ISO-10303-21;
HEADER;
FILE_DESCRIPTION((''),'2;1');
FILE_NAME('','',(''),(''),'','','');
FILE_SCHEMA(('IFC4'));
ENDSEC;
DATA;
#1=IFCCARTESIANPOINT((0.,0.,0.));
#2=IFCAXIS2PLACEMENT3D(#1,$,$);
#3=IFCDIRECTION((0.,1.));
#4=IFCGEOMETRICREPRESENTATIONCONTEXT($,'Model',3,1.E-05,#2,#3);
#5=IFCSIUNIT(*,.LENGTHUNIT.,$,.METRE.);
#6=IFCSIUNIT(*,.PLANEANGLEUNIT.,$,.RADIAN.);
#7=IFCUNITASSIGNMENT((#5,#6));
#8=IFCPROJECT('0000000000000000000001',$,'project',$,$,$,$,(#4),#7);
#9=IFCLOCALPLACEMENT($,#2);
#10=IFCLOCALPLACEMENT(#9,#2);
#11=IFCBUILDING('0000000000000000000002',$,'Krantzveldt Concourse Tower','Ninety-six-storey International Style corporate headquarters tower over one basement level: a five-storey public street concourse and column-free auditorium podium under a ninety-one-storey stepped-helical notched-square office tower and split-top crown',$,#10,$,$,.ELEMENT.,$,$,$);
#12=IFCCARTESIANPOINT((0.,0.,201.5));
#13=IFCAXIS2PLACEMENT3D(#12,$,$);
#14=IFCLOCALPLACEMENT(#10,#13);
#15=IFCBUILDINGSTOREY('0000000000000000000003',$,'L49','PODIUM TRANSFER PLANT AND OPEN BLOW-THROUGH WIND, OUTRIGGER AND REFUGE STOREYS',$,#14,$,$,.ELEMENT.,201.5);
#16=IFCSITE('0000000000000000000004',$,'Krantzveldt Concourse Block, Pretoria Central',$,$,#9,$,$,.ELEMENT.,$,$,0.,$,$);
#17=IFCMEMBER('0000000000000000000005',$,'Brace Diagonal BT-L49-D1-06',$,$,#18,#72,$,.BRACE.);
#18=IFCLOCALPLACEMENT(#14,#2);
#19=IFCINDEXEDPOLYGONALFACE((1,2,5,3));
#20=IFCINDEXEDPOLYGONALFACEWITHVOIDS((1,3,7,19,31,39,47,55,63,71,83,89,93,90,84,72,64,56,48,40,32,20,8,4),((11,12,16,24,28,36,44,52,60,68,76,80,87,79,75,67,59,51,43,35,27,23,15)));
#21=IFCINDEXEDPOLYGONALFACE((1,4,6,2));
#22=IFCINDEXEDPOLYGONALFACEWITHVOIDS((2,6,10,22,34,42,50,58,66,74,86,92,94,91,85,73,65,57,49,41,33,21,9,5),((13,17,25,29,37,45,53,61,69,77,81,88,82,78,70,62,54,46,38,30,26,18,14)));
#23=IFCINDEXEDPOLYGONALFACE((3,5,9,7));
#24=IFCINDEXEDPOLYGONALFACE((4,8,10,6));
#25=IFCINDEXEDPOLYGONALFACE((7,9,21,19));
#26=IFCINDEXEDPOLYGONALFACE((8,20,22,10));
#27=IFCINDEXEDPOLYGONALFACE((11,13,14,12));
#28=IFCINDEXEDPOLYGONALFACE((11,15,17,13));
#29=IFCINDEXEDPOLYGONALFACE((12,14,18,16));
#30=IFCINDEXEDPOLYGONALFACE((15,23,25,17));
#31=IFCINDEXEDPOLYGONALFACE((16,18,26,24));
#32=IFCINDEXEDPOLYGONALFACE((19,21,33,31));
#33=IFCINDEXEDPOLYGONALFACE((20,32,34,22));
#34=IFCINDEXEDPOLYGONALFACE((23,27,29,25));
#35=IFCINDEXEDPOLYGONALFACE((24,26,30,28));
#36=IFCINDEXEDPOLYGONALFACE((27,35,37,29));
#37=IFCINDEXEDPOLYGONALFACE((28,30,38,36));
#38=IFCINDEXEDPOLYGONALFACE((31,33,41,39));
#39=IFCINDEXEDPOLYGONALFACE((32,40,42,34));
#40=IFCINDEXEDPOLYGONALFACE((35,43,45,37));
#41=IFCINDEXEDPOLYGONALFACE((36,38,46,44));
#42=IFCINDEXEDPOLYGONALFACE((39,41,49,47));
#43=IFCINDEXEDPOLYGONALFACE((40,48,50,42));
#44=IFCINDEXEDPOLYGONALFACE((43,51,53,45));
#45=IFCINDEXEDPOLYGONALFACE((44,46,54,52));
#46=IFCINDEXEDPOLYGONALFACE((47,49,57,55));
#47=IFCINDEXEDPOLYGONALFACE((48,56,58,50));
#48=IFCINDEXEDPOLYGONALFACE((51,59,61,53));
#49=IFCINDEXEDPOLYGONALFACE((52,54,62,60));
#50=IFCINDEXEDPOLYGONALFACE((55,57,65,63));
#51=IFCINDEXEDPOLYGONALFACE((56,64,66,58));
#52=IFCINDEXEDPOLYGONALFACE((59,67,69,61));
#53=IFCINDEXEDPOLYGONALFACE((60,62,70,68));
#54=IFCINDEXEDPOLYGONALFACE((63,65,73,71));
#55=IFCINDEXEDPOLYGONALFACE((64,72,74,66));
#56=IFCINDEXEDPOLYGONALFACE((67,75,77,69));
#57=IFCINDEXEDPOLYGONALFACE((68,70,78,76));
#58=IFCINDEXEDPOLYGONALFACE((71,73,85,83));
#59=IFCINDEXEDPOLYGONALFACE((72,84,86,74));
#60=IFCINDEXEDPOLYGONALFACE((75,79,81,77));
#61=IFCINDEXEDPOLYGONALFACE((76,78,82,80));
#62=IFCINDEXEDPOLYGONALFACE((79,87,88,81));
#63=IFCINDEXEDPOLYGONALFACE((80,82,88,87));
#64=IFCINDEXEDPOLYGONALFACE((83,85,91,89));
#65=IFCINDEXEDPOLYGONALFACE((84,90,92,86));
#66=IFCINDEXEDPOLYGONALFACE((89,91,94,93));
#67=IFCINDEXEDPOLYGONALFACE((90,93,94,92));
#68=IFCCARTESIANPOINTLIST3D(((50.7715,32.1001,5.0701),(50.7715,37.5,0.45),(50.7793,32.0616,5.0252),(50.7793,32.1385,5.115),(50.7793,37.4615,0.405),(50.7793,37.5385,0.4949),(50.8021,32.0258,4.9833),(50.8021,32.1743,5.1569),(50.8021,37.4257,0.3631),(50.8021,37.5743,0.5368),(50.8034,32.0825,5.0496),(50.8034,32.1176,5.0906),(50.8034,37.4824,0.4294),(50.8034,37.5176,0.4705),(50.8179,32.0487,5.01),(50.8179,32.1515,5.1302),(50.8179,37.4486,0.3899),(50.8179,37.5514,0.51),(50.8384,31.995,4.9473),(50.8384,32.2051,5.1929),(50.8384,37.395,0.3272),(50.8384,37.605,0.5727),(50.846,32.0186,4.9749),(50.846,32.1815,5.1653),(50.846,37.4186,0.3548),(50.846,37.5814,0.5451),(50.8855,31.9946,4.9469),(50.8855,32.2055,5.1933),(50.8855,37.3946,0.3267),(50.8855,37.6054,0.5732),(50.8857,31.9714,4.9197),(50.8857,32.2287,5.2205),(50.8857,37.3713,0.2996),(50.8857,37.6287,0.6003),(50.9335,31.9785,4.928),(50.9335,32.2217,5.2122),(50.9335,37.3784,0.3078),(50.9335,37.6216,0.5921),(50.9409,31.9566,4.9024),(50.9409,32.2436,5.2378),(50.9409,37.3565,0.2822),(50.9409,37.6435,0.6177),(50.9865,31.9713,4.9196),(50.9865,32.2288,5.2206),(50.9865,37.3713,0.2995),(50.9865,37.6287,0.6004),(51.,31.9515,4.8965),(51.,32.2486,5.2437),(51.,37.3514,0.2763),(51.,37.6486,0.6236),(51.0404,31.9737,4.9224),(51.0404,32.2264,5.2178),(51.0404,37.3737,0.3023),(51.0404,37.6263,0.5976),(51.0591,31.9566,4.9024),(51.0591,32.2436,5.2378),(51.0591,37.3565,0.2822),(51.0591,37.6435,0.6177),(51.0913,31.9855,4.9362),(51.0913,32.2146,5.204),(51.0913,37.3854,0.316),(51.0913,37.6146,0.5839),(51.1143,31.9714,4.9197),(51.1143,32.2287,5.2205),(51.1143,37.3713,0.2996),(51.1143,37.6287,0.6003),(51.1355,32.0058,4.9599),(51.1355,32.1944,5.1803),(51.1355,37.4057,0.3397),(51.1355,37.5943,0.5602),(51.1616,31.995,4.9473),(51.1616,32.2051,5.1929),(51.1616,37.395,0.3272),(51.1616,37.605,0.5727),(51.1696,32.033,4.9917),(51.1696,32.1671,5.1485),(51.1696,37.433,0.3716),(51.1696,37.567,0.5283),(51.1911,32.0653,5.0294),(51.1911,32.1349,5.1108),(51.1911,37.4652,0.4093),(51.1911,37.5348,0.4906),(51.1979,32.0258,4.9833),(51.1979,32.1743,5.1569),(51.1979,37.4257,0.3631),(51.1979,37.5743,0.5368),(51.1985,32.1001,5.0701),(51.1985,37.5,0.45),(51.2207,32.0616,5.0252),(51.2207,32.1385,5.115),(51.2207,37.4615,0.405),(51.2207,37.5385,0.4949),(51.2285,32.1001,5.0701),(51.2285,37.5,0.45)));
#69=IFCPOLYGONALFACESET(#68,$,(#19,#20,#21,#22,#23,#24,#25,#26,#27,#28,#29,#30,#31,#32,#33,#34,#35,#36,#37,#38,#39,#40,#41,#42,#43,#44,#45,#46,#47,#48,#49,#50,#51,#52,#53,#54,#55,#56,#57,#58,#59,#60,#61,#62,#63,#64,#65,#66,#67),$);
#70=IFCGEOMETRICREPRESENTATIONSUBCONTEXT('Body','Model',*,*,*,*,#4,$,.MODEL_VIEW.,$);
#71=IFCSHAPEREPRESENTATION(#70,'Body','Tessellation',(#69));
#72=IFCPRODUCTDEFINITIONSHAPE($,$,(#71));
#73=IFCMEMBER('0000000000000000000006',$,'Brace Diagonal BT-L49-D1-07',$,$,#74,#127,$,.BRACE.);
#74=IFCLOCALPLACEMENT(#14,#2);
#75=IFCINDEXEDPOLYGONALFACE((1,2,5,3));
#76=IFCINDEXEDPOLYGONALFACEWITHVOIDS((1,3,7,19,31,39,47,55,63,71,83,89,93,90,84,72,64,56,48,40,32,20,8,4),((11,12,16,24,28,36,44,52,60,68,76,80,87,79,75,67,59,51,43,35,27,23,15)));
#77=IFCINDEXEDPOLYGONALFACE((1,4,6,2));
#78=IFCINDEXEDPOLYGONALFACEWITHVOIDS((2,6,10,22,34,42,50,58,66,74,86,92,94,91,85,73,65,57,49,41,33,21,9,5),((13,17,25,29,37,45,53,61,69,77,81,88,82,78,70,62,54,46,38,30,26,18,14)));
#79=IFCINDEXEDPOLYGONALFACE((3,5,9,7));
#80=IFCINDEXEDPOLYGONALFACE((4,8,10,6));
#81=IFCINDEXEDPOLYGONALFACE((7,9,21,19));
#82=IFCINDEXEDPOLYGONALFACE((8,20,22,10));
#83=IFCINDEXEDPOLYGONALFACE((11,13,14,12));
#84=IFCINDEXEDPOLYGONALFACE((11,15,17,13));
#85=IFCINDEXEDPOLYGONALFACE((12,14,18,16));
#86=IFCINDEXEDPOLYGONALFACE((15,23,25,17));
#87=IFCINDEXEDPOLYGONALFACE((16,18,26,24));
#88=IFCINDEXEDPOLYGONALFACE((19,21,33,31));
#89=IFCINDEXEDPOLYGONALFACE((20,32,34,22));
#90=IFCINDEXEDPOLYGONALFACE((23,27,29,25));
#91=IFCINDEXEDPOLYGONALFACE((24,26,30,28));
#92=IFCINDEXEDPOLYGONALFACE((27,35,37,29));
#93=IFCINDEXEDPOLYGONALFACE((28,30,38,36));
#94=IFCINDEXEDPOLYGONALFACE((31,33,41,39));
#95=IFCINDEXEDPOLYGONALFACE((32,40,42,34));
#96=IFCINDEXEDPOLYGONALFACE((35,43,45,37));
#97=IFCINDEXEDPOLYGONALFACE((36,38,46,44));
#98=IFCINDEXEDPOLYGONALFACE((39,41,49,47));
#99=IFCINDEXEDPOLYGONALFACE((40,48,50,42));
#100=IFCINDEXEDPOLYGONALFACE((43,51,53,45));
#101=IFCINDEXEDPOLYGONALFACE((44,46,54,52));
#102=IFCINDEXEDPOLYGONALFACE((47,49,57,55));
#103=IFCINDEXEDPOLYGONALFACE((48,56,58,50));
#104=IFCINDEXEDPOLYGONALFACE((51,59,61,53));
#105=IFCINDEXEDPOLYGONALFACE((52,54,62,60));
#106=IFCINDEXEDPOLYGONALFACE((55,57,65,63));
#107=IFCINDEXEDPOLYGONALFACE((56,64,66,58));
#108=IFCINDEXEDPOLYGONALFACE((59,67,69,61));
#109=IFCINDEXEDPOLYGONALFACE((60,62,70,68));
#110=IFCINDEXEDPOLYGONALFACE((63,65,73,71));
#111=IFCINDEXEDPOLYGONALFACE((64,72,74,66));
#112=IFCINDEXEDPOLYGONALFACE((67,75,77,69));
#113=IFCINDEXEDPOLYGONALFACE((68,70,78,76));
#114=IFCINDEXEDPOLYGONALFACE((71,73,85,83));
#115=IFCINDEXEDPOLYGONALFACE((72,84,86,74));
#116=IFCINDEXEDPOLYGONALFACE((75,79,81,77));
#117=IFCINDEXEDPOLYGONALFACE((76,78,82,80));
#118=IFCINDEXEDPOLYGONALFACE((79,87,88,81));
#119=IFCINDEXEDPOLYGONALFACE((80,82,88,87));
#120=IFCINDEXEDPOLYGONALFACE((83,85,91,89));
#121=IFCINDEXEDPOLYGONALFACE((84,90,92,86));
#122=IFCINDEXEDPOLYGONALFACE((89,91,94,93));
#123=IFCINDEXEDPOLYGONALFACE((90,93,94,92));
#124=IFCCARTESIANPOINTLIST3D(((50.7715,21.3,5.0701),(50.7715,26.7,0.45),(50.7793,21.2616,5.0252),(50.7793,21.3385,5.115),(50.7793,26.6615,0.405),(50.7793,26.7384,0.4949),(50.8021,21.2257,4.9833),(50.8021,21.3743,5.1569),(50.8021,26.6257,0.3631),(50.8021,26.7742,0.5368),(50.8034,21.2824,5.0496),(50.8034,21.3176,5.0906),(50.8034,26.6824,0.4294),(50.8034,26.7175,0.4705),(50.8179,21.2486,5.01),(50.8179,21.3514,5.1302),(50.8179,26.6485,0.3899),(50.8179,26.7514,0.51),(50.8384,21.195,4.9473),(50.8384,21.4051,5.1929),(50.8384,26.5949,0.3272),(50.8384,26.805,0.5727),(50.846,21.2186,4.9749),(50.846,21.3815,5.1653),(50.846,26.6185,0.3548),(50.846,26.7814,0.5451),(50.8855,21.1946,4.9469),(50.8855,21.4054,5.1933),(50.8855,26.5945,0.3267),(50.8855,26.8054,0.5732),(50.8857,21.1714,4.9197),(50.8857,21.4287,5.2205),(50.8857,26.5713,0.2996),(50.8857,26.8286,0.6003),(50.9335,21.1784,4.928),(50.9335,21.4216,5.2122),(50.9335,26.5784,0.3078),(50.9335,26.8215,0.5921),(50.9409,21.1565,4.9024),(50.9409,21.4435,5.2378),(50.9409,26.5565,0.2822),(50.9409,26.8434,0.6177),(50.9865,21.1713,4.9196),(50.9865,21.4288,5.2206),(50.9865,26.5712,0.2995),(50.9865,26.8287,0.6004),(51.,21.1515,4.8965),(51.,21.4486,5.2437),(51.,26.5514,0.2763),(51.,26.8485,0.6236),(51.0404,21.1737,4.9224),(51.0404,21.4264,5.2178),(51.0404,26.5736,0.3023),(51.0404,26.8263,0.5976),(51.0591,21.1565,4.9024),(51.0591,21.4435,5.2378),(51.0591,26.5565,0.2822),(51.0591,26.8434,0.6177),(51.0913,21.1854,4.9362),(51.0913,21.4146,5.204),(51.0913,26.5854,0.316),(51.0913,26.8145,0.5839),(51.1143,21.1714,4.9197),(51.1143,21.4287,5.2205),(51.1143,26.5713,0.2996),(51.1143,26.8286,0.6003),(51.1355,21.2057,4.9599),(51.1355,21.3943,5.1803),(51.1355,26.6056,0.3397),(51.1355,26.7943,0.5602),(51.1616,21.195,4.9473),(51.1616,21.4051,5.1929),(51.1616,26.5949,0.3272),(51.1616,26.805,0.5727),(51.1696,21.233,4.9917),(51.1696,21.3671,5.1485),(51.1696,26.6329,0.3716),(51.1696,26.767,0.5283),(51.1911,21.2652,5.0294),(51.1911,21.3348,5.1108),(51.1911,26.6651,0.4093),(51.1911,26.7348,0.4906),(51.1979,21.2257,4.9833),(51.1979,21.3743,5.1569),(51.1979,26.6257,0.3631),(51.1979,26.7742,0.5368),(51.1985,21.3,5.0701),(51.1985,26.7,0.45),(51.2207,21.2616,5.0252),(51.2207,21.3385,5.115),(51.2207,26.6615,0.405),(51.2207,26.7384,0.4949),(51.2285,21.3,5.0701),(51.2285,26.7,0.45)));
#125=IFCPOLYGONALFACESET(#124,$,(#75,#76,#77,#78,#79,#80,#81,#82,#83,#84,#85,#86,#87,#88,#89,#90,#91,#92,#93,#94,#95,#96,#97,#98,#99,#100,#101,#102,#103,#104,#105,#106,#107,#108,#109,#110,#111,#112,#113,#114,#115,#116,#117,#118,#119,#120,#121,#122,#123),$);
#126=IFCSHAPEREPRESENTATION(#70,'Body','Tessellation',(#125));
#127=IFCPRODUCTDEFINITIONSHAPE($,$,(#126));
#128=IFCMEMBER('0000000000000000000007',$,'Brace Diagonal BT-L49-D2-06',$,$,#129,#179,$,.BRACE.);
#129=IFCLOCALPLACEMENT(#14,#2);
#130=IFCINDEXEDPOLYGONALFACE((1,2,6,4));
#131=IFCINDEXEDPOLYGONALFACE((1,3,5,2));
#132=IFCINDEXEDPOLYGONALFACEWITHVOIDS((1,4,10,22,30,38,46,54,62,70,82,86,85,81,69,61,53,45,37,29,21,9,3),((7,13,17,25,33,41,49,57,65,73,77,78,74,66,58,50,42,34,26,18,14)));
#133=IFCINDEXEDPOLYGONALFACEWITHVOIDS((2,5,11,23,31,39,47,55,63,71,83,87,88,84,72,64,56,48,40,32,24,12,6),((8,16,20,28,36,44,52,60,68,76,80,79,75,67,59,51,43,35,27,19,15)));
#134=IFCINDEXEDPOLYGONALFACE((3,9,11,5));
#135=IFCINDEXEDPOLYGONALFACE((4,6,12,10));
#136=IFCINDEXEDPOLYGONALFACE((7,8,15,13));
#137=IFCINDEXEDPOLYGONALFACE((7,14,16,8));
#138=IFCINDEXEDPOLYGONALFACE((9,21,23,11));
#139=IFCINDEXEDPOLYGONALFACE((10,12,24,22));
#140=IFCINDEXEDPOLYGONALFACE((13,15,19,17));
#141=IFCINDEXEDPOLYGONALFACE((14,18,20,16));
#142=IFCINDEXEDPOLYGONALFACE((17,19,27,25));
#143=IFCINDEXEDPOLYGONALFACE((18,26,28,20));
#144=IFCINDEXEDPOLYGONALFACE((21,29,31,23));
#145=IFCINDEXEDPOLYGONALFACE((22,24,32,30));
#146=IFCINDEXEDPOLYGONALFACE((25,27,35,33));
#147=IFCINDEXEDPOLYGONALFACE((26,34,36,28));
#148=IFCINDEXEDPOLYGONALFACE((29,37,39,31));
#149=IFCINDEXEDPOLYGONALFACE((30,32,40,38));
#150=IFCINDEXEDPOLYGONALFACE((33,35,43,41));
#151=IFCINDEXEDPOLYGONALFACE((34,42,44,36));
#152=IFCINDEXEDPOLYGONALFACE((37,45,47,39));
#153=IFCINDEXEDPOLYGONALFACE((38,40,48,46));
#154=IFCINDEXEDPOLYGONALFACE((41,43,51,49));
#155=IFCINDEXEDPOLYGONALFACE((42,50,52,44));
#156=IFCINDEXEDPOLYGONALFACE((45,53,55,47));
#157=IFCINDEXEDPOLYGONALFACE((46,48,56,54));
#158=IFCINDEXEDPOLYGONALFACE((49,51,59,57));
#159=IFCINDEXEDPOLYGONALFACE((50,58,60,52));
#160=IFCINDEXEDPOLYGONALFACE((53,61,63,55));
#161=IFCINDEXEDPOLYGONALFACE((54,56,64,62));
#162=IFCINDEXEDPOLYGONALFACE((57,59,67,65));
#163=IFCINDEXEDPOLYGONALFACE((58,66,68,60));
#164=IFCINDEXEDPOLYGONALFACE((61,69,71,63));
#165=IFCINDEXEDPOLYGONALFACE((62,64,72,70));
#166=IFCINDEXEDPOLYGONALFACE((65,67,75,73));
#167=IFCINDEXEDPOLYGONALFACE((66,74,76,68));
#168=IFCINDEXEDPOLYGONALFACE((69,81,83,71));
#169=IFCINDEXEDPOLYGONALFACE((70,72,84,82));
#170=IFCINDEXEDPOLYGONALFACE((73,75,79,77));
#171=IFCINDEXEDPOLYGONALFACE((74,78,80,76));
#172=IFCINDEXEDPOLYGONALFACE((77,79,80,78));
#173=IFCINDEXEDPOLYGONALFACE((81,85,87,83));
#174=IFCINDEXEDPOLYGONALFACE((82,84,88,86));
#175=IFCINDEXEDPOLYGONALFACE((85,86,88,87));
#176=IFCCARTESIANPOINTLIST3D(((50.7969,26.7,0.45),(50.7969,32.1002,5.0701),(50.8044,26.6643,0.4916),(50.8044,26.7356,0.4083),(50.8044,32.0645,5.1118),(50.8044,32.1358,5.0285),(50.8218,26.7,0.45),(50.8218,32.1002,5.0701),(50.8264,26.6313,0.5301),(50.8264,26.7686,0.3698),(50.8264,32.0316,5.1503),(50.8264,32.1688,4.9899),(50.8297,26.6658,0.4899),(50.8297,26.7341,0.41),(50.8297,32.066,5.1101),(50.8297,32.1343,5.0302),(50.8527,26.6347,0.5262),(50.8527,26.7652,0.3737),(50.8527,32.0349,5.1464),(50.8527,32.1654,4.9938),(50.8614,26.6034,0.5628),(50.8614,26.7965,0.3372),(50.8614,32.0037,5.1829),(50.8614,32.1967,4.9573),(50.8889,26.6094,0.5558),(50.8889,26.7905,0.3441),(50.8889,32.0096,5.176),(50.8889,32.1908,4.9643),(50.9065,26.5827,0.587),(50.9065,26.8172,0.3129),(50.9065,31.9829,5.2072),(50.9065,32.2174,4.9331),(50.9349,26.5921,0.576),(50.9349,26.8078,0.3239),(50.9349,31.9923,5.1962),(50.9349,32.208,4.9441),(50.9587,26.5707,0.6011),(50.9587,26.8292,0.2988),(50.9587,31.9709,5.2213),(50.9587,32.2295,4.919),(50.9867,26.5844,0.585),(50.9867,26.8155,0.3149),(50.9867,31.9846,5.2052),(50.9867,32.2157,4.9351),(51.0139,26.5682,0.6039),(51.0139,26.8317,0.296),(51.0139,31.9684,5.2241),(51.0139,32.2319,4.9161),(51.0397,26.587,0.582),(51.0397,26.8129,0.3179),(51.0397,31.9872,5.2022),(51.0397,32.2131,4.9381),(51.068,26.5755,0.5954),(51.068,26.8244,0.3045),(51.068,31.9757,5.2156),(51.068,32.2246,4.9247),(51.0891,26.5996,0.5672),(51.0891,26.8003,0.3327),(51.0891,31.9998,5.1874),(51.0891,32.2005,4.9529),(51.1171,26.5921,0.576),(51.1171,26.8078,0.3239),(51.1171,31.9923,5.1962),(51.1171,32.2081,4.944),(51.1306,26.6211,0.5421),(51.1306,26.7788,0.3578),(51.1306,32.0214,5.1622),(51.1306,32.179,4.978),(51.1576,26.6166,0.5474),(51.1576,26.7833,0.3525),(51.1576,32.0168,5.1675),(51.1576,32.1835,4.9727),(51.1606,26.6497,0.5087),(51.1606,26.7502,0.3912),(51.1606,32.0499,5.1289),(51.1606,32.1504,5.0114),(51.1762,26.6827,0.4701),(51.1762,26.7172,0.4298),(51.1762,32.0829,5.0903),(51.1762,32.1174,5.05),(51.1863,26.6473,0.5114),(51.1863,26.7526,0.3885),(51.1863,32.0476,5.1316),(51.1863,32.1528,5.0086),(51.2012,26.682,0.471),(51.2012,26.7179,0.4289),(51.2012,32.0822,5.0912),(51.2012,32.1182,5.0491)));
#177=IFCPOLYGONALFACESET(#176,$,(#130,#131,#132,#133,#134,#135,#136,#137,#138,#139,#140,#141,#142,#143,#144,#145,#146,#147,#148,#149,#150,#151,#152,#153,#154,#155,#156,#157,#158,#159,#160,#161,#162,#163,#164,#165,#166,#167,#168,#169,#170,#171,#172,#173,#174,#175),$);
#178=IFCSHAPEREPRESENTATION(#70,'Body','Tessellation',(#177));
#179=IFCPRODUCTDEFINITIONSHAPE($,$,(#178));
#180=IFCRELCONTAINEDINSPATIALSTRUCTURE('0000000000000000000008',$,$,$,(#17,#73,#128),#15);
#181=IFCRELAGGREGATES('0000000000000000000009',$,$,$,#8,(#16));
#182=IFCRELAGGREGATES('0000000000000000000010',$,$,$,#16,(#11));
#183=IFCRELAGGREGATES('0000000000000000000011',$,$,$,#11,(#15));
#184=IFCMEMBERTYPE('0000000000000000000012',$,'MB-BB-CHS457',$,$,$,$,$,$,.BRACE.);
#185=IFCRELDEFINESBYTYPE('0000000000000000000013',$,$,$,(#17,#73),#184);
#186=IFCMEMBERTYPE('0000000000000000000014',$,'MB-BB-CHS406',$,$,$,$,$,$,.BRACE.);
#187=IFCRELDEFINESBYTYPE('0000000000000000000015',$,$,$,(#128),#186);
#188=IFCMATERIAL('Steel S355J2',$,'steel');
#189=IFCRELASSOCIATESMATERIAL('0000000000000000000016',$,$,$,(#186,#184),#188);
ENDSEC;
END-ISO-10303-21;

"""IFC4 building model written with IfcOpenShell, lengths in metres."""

from ifc_helpers import new_model, si_unit, direction, frame, origin, origin_2d, place, context, subcontext, project, spatial, hollow_circle, extrude, source, transform, mapped, material, material_profile, profile_set, type_object, type_shapes, element, save


model = new_model("IFC4")

# Units and contexts
model_context = context("Model", 3, precision=1e-05, world=origin(), true_north=direction((0.0, 1.0)))
body_context = subcontext(model_context, "Body", "Model", "MODEL_VIEW")
ifc_project = project(units=[si_unit("LENGTHUNIT", "METRE"), si_unit("PLANEANGLEUNIT", "RADIAN")], contexts=[model_context])

# Site, building, storey
site_placement = place(None, origin())
site = spatial("IfcSite", under=ifc_project, at=site_placement, Name="Krantzveldt Concourse Block, Pretoria Central", CompositionType="ELEMENT", RefElevation=0.0)
building_placement = place(site_placement, origin())
building = spatial("IfcBuilding", under=site, at=building_placement, Name="Krantzveldt Concourse Tower", Description="Ninety-six-storey International Style corporate headquarters tower over one basement level: a five-storey public street concourse and column-free auditorium podium under a ninety-one-storey stepped-helical notched-square office tower and split-top crown", CompositionType="ELEMENT")
storey_placement = place(building_placement, frame((0.0, 0.0, 201.5)))
storey = spatial("IfcBuildingStorey", under=building, at=storey_placement, Name="L49", Description="PODIUM TRANSFER PLANT AND OPEN BLOW-THROUGH WIND, OUTRIGGER AND REFUGE STOREYS", CompositionType="ELEMENT", Elevation=201.5)

# Members
ifc_material_1 = material(Name="Steel S355J2", Category="steel")
ifc_material_profile_1 = material_profile(ifc_material_1, hollow_circle(Radius=0.2031, WallThickness=0.0249, at=origin_2d()), Name="Steel S355J2", Category="steel")
ifc_profile_set_1 = profile_set([ifc_material_profile_1], Name="Steel S355J2 - CHS 406.4x25")
member_type_1 = type_object("IfcMemberType", Name="MB-BB-CHS406", PredefinedType="BRACE", material=ifc_profile_set_1)
ifc_material_profile_2 = material_profile(ifc_material_1, hollow_circle(Radius=0.2285, WallThickness=0.03, at=origin_2d()), Name="Steel S355J2", Category="steel")
ifc_profile_set_2 = profile_set([ifc_material_profile_2], Name="Steel S355J2 - CHS 457x30")
member_type_2 = type_object("IfcMemberType", Name="MB-BB-CHS457", PredefinedType="BRACE", material=ifc_profile_set_2)
shared_shape_1 = source(origin(), body_context, "Body", "SweptSolid", [
    extrude(hollow_circle(Radius=0.2285, WallThickness=0.03, at=origin_2d()), origin(), (0.0, 0.0, 1.0), 7.1067),
])
type_shapes(member_type_2, [shared_shape_1])
for number, where, z_axis, x_axis, name in (
    (1, (51.0, 37.5, 0.45), (0.0, -0.759838, 0.650112), (1.0, 0.0, 0.0), "Brace Diagonal BT-L49-D1-06"),
    (2, (51.0, 26.7, 0.45), (0.0, -0.759838, 0.650112), (1.0, 0.0, 0.0), "Brace Diagonal BT-L49-D1-07"),
):
    element("IfcMember", number, at=place(storey_placement, frame(where, z_axis=z_axis, x_axis=x_axis)), inside=storey, type_object=member_type_2, Name=name, PredefinedType="BRACE", context=body_context, shape_type="MappedRepresentation", body=[
        mapped(shared_shape_1, transform((0.0, 0.0, 0.0), x_axis=(1.0, 0.0, 0.0), y_axis=(0.0, 1.0, 0.0), z_axis=(0.0, 0.0, 1.0), scale=1.0)),
    ])
shared_shape_2 = source(origin(), body_context, "Body", "SweptSolid", [
    extrude(hollow_circle(Radius=0.2031, WallThickness=0.0249, at=origin_2d()), origin(), (0.0, 0.0, 1.0), 7.1069),
])
member_1_placement = place(storey_placement, frame((51.0, 26.7, 0.45), z_axis=(0.0, 0.759853, 0.650095), x_axis=(-1.0, 0.0, 0.0)))
element("IfcMember", 3, at=member_1_placement, inside=storey, type_object=member_type_1, Name="Brace Diagonal BT-L49-D2-06", PredefinedType="BRACE", context=body_context, shape_type="MappedRepresentation", body=[
    mapped(shared_shape_2, transform((0.0, 0.0, 0.0), x_axis=(1.0, 0.0, 0.0), y_axis=(0.0, 1.0, 0.0), z_axis=(0.0, 0.0, 1.0), scale=1.0)),
])

save(model, "model.ifc")
